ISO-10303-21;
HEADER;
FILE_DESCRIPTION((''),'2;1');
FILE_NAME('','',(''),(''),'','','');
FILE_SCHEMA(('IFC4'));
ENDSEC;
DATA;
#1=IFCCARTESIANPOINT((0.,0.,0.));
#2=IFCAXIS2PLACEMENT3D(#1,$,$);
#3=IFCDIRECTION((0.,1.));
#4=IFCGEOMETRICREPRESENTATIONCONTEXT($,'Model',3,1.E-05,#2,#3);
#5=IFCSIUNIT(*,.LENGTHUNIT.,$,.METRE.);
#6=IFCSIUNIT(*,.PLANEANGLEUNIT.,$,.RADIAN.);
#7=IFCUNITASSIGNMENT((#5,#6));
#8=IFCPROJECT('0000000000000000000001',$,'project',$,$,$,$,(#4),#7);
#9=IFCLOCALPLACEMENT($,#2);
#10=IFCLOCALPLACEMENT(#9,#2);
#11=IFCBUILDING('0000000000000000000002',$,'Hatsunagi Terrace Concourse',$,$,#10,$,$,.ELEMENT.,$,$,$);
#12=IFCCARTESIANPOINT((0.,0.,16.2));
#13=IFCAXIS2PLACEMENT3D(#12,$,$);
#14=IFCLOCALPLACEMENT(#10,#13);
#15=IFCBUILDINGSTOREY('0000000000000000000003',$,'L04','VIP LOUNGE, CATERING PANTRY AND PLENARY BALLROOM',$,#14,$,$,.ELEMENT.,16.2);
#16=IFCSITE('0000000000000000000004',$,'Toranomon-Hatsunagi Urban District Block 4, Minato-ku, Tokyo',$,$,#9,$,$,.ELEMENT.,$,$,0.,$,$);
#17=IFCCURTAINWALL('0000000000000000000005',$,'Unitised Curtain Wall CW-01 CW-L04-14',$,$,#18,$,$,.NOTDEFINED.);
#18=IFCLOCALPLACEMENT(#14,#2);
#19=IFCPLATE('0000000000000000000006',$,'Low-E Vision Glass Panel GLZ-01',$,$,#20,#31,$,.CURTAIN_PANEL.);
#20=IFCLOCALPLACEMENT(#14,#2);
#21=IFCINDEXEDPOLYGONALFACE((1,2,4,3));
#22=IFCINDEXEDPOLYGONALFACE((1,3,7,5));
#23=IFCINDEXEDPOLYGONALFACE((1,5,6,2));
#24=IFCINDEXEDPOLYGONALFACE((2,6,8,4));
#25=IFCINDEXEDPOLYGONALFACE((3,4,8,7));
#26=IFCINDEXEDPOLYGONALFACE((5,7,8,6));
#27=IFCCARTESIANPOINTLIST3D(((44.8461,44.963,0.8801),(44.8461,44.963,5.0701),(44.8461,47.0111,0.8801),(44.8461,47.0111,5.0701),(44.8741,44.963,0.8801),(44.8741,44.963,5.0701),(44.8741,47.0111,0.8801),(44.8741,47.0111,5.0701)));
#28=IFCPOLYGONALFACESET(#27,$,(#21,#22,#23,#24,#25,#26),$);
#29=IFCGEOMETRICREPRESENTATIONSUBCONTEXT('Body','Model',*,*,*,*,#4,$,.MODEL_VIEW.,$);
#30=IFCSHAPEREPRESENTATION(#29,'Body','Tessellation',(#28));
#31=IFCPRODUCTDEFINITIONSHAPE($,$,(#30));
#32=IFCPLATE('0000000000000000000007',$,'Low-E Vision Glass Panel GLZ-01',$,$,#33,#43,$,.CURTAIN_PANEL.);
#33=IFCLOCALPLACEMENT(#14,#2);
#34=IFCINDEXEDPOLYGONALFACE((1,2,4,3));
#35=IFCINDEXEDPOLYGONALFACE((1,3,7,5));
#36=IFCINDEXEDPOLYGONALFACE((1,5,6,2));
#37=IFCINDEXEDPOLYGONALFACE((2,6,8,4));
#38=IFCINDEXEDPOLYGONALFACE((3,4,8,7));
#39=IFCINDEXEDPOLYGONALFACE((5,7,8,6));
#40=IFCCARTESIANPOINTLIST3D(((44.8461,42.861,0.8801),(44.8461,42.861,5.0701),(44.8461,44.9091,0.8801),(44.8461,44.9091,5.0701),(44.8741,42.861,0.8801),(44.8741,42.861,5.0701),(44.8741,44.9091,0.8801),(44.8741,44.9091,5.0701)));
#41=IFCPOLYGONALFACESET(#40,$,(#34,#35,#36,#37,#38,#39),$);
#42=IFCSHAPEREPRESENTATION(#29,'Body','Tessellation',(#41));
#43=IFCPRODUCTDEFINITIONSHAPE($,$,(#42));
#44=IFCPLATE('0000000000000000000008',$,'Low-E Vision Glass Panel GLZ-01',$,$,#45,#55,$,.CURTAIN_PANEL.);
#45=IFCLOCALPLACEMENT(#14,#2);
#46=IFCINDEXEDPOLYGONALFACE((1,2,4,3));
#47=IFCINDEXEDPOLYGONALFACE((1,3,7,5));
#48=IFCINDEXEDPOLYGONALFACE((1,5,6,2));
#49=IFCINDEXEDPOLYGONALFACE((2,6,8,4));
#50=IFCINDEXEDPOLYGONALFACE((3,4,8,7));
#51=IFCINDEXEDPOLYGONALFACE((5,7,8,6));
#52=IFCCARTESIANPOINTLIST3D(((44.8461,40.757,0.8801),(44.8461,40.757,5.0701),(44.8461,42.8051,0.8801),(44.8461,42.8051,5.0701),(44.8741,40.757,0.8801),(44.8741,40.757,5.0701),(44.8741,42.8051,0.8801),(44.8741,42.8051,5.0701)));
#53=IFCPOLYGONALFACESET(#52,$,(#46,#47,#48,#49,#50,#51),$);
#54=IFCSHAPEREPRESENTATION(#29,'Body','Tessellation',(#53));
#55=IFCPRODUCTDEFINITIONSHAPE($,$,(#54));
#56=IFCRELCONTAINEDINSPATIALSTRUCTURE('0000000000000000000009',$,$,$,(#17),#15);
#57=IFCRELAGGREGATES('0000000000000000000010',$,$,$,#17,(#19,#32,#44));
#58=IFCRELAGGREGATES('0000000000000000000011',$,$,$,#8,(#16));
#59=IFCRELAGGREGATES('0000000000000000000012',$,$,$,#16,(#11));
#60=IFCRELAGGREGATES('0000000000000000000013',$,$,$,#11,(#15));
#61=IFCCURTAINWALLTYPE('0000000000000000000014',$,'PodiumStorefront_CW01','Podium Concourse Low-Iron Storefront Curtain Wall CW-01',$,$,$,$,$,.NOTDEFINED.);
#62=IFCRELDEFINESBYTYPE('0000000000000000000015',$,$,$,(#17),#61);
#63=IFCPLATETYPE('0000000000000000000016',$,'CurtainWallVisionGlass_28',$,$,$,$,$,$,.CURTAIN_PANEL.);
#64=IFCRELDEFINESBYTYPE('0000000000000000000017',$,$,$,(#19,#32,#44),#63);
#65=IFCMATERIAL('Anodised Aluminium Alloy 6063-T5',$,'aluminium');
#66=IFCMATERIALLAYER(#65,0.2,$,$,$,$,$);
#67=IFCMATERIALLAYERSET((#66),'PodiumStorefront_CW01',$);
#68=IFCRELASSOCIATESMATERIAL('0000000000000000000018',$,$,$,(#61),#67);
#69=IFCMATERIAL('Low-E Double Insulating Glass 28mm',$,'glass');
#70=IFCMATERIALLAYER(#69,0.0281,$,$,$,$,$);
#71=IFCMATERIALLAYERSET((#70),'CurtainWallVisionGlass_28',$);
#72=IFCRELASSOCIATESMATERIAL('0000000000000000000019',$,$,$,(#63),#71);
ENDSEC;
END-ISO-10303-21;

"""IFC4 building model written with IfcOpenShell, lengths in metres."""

from ifc_helpers import new_model, si_unit, direction, frame, origin, origin_2d, place, context, subcontext, project, spatial, rectangle, extrude, material, layer, layer_set, type_object, element, aggregate, save


model = new_model("IFC4")

# Units and contexts
model_context = context("Model", 3, precision=1e-05, world=origin(), true_north=direction((0.0, 1.0)))
body_context = subcontext(model_context, "Body", "Model", "MODEL_VIEW")
ifc_project = project(units=[si_unit("LENGTHUNIT", "METRE"), si_unit("PLANEANGLEUNIT", "RADIAN")], contexts=[model_context])

# Site, building, storey
site_placement = place(None, origin())
site = spatial("IfcSite", under=ifc_project, at=site_placement, Name="Toranomon-Hatsunagi Urban District Block 4, Minato-ku, Tokyo", CompositionType="ELEMENT", RefElevation=0.0)
building_placement = place(site_placement, origin())
building = spatial("IfcBuilding", under=site, at=building_placement, Name="Hatsunagi Terrace Concourse", CompositionType="ELEMENT")
storey_placement = place(building_placement, frame((0.0, 0.0, 16.2)))
storey = spatial("IfcBuildingStorey", under=building, at=storey_placement, Name="L04", Description="VIP LOUNGE, CATERING PANTRY AND PLENARY BALLROOM", CompositionType="ELEMENT", Elevation=16.2)

# Curtain wall
ifc_material_1 = material(Name="Anodised Aluminium Alloy 6063-T5", Category="aluminium")
ifc_layer_1 = layer(ifc_material_1, 0.2)
ifc_layer_set_1 = layer_set([ifc_layer_1], Name="PodiumStorefront_CW01")
curtain_wall_type = type_object("IfcCurtainWallType", Name="PodiumStorefront_CW01", Description="Podium Concourse Low-Iron Storefront Curtain Wall CW-01", PredefinedType="NOTDEFINED", material=ifc_layer_set_1)
curtain_wall_1_placement = place(storey_placement, origin())
curtain_wall_1 = element("IfcCurtainWall", 1, at=curtain_wall_1_placement, inside=storey, type_object=curtain_wall_type, Name="Unitised Curtain Wall CW-01 CW-L04-14", PredefinedType="NOTDEFINED")

# Plates
ifc_material_2 = material(Name="Low-E Double Insulating Glass 28mm", Category="glass")
ifc_layer_2 = layer(ifc_material_2, 0.0281)
ifc_layer_set_2 = layer_set([ifc_layer_2], Name="CurtainWallVisionGlass_28")
plate_type_1 = type_object("IfcPlateType", Name="CurtainWallVisionGlass_28", PredefinedType="CURTAIN_PANEL", material=ifc_layer_set_2)
plate_1_placement = place(storey_placement, frame((44.8601, 45.9871, 0.8801), z_axis=(0.0, 0.0, 1.0), x_axis=(0.0, -1.0, 0.0)))
plate_1 = element("IfcPlate", 2, at=plate_1_placement, type_object=plate_type_1, Name="Low-E Vision Glass Panel GLZ-01", PredefinedType="CURTAIN_PANEL", context=body_context, shape_type="SweptSolid", body=[
    extrude(rectangle(XDim=2.0481, YDim=0.0281, at=origin_2d()), origin(), (0.0, 0.0, 1.0), 4.1899),
])
plate_2_placement = place(storey_placement, frame((44.8601, 43.885, 0.8801), z_axis=(0.0, 0.0, 1.0), x_axis=(0.0, -1.0, 0.0)))
plate_2 = element("IfcPlate", 3, at=plate_2_placement, type_object=plate_type_1, Name="Low-E Vision Glass Panel GLZ-01", PredefinedType="CURTAIN_PANEL", context=body_context, shape_type="SweptSolid", body=[
    extrude(rectangle(XDim=2.0481, YDim=0.0281, at=origin_2d()), origin(), (0.0, 0.0, 1.0), 4.1899),
])
plate_3_placement = place(storey_placement, frame((44.8601, 41.781, 0.8801), z_axis=(0.0, 0.0, 1.0), x_axis=(0.0, -1.0, 0.0)))
plate_3 = element("IfcPlate", 4, at=plate_3_placement, type_object=plate_type_1, Name="Low-E Vision Glass Panel GLZ-01", PredefinedType="CURTAIN_PANEL", context=body_context, shape_type="SweptSolid", body=[
    extrude(rectangle(XDim=2.0481, YDim=0.0281, at=origin_2d()), origin(), (0.0, 0.0, 1.0), 4.1899),
])
aggregate(curtain_wall_1, [plate_1, plate_2, plate_3])

save(model, "model.ifc")
